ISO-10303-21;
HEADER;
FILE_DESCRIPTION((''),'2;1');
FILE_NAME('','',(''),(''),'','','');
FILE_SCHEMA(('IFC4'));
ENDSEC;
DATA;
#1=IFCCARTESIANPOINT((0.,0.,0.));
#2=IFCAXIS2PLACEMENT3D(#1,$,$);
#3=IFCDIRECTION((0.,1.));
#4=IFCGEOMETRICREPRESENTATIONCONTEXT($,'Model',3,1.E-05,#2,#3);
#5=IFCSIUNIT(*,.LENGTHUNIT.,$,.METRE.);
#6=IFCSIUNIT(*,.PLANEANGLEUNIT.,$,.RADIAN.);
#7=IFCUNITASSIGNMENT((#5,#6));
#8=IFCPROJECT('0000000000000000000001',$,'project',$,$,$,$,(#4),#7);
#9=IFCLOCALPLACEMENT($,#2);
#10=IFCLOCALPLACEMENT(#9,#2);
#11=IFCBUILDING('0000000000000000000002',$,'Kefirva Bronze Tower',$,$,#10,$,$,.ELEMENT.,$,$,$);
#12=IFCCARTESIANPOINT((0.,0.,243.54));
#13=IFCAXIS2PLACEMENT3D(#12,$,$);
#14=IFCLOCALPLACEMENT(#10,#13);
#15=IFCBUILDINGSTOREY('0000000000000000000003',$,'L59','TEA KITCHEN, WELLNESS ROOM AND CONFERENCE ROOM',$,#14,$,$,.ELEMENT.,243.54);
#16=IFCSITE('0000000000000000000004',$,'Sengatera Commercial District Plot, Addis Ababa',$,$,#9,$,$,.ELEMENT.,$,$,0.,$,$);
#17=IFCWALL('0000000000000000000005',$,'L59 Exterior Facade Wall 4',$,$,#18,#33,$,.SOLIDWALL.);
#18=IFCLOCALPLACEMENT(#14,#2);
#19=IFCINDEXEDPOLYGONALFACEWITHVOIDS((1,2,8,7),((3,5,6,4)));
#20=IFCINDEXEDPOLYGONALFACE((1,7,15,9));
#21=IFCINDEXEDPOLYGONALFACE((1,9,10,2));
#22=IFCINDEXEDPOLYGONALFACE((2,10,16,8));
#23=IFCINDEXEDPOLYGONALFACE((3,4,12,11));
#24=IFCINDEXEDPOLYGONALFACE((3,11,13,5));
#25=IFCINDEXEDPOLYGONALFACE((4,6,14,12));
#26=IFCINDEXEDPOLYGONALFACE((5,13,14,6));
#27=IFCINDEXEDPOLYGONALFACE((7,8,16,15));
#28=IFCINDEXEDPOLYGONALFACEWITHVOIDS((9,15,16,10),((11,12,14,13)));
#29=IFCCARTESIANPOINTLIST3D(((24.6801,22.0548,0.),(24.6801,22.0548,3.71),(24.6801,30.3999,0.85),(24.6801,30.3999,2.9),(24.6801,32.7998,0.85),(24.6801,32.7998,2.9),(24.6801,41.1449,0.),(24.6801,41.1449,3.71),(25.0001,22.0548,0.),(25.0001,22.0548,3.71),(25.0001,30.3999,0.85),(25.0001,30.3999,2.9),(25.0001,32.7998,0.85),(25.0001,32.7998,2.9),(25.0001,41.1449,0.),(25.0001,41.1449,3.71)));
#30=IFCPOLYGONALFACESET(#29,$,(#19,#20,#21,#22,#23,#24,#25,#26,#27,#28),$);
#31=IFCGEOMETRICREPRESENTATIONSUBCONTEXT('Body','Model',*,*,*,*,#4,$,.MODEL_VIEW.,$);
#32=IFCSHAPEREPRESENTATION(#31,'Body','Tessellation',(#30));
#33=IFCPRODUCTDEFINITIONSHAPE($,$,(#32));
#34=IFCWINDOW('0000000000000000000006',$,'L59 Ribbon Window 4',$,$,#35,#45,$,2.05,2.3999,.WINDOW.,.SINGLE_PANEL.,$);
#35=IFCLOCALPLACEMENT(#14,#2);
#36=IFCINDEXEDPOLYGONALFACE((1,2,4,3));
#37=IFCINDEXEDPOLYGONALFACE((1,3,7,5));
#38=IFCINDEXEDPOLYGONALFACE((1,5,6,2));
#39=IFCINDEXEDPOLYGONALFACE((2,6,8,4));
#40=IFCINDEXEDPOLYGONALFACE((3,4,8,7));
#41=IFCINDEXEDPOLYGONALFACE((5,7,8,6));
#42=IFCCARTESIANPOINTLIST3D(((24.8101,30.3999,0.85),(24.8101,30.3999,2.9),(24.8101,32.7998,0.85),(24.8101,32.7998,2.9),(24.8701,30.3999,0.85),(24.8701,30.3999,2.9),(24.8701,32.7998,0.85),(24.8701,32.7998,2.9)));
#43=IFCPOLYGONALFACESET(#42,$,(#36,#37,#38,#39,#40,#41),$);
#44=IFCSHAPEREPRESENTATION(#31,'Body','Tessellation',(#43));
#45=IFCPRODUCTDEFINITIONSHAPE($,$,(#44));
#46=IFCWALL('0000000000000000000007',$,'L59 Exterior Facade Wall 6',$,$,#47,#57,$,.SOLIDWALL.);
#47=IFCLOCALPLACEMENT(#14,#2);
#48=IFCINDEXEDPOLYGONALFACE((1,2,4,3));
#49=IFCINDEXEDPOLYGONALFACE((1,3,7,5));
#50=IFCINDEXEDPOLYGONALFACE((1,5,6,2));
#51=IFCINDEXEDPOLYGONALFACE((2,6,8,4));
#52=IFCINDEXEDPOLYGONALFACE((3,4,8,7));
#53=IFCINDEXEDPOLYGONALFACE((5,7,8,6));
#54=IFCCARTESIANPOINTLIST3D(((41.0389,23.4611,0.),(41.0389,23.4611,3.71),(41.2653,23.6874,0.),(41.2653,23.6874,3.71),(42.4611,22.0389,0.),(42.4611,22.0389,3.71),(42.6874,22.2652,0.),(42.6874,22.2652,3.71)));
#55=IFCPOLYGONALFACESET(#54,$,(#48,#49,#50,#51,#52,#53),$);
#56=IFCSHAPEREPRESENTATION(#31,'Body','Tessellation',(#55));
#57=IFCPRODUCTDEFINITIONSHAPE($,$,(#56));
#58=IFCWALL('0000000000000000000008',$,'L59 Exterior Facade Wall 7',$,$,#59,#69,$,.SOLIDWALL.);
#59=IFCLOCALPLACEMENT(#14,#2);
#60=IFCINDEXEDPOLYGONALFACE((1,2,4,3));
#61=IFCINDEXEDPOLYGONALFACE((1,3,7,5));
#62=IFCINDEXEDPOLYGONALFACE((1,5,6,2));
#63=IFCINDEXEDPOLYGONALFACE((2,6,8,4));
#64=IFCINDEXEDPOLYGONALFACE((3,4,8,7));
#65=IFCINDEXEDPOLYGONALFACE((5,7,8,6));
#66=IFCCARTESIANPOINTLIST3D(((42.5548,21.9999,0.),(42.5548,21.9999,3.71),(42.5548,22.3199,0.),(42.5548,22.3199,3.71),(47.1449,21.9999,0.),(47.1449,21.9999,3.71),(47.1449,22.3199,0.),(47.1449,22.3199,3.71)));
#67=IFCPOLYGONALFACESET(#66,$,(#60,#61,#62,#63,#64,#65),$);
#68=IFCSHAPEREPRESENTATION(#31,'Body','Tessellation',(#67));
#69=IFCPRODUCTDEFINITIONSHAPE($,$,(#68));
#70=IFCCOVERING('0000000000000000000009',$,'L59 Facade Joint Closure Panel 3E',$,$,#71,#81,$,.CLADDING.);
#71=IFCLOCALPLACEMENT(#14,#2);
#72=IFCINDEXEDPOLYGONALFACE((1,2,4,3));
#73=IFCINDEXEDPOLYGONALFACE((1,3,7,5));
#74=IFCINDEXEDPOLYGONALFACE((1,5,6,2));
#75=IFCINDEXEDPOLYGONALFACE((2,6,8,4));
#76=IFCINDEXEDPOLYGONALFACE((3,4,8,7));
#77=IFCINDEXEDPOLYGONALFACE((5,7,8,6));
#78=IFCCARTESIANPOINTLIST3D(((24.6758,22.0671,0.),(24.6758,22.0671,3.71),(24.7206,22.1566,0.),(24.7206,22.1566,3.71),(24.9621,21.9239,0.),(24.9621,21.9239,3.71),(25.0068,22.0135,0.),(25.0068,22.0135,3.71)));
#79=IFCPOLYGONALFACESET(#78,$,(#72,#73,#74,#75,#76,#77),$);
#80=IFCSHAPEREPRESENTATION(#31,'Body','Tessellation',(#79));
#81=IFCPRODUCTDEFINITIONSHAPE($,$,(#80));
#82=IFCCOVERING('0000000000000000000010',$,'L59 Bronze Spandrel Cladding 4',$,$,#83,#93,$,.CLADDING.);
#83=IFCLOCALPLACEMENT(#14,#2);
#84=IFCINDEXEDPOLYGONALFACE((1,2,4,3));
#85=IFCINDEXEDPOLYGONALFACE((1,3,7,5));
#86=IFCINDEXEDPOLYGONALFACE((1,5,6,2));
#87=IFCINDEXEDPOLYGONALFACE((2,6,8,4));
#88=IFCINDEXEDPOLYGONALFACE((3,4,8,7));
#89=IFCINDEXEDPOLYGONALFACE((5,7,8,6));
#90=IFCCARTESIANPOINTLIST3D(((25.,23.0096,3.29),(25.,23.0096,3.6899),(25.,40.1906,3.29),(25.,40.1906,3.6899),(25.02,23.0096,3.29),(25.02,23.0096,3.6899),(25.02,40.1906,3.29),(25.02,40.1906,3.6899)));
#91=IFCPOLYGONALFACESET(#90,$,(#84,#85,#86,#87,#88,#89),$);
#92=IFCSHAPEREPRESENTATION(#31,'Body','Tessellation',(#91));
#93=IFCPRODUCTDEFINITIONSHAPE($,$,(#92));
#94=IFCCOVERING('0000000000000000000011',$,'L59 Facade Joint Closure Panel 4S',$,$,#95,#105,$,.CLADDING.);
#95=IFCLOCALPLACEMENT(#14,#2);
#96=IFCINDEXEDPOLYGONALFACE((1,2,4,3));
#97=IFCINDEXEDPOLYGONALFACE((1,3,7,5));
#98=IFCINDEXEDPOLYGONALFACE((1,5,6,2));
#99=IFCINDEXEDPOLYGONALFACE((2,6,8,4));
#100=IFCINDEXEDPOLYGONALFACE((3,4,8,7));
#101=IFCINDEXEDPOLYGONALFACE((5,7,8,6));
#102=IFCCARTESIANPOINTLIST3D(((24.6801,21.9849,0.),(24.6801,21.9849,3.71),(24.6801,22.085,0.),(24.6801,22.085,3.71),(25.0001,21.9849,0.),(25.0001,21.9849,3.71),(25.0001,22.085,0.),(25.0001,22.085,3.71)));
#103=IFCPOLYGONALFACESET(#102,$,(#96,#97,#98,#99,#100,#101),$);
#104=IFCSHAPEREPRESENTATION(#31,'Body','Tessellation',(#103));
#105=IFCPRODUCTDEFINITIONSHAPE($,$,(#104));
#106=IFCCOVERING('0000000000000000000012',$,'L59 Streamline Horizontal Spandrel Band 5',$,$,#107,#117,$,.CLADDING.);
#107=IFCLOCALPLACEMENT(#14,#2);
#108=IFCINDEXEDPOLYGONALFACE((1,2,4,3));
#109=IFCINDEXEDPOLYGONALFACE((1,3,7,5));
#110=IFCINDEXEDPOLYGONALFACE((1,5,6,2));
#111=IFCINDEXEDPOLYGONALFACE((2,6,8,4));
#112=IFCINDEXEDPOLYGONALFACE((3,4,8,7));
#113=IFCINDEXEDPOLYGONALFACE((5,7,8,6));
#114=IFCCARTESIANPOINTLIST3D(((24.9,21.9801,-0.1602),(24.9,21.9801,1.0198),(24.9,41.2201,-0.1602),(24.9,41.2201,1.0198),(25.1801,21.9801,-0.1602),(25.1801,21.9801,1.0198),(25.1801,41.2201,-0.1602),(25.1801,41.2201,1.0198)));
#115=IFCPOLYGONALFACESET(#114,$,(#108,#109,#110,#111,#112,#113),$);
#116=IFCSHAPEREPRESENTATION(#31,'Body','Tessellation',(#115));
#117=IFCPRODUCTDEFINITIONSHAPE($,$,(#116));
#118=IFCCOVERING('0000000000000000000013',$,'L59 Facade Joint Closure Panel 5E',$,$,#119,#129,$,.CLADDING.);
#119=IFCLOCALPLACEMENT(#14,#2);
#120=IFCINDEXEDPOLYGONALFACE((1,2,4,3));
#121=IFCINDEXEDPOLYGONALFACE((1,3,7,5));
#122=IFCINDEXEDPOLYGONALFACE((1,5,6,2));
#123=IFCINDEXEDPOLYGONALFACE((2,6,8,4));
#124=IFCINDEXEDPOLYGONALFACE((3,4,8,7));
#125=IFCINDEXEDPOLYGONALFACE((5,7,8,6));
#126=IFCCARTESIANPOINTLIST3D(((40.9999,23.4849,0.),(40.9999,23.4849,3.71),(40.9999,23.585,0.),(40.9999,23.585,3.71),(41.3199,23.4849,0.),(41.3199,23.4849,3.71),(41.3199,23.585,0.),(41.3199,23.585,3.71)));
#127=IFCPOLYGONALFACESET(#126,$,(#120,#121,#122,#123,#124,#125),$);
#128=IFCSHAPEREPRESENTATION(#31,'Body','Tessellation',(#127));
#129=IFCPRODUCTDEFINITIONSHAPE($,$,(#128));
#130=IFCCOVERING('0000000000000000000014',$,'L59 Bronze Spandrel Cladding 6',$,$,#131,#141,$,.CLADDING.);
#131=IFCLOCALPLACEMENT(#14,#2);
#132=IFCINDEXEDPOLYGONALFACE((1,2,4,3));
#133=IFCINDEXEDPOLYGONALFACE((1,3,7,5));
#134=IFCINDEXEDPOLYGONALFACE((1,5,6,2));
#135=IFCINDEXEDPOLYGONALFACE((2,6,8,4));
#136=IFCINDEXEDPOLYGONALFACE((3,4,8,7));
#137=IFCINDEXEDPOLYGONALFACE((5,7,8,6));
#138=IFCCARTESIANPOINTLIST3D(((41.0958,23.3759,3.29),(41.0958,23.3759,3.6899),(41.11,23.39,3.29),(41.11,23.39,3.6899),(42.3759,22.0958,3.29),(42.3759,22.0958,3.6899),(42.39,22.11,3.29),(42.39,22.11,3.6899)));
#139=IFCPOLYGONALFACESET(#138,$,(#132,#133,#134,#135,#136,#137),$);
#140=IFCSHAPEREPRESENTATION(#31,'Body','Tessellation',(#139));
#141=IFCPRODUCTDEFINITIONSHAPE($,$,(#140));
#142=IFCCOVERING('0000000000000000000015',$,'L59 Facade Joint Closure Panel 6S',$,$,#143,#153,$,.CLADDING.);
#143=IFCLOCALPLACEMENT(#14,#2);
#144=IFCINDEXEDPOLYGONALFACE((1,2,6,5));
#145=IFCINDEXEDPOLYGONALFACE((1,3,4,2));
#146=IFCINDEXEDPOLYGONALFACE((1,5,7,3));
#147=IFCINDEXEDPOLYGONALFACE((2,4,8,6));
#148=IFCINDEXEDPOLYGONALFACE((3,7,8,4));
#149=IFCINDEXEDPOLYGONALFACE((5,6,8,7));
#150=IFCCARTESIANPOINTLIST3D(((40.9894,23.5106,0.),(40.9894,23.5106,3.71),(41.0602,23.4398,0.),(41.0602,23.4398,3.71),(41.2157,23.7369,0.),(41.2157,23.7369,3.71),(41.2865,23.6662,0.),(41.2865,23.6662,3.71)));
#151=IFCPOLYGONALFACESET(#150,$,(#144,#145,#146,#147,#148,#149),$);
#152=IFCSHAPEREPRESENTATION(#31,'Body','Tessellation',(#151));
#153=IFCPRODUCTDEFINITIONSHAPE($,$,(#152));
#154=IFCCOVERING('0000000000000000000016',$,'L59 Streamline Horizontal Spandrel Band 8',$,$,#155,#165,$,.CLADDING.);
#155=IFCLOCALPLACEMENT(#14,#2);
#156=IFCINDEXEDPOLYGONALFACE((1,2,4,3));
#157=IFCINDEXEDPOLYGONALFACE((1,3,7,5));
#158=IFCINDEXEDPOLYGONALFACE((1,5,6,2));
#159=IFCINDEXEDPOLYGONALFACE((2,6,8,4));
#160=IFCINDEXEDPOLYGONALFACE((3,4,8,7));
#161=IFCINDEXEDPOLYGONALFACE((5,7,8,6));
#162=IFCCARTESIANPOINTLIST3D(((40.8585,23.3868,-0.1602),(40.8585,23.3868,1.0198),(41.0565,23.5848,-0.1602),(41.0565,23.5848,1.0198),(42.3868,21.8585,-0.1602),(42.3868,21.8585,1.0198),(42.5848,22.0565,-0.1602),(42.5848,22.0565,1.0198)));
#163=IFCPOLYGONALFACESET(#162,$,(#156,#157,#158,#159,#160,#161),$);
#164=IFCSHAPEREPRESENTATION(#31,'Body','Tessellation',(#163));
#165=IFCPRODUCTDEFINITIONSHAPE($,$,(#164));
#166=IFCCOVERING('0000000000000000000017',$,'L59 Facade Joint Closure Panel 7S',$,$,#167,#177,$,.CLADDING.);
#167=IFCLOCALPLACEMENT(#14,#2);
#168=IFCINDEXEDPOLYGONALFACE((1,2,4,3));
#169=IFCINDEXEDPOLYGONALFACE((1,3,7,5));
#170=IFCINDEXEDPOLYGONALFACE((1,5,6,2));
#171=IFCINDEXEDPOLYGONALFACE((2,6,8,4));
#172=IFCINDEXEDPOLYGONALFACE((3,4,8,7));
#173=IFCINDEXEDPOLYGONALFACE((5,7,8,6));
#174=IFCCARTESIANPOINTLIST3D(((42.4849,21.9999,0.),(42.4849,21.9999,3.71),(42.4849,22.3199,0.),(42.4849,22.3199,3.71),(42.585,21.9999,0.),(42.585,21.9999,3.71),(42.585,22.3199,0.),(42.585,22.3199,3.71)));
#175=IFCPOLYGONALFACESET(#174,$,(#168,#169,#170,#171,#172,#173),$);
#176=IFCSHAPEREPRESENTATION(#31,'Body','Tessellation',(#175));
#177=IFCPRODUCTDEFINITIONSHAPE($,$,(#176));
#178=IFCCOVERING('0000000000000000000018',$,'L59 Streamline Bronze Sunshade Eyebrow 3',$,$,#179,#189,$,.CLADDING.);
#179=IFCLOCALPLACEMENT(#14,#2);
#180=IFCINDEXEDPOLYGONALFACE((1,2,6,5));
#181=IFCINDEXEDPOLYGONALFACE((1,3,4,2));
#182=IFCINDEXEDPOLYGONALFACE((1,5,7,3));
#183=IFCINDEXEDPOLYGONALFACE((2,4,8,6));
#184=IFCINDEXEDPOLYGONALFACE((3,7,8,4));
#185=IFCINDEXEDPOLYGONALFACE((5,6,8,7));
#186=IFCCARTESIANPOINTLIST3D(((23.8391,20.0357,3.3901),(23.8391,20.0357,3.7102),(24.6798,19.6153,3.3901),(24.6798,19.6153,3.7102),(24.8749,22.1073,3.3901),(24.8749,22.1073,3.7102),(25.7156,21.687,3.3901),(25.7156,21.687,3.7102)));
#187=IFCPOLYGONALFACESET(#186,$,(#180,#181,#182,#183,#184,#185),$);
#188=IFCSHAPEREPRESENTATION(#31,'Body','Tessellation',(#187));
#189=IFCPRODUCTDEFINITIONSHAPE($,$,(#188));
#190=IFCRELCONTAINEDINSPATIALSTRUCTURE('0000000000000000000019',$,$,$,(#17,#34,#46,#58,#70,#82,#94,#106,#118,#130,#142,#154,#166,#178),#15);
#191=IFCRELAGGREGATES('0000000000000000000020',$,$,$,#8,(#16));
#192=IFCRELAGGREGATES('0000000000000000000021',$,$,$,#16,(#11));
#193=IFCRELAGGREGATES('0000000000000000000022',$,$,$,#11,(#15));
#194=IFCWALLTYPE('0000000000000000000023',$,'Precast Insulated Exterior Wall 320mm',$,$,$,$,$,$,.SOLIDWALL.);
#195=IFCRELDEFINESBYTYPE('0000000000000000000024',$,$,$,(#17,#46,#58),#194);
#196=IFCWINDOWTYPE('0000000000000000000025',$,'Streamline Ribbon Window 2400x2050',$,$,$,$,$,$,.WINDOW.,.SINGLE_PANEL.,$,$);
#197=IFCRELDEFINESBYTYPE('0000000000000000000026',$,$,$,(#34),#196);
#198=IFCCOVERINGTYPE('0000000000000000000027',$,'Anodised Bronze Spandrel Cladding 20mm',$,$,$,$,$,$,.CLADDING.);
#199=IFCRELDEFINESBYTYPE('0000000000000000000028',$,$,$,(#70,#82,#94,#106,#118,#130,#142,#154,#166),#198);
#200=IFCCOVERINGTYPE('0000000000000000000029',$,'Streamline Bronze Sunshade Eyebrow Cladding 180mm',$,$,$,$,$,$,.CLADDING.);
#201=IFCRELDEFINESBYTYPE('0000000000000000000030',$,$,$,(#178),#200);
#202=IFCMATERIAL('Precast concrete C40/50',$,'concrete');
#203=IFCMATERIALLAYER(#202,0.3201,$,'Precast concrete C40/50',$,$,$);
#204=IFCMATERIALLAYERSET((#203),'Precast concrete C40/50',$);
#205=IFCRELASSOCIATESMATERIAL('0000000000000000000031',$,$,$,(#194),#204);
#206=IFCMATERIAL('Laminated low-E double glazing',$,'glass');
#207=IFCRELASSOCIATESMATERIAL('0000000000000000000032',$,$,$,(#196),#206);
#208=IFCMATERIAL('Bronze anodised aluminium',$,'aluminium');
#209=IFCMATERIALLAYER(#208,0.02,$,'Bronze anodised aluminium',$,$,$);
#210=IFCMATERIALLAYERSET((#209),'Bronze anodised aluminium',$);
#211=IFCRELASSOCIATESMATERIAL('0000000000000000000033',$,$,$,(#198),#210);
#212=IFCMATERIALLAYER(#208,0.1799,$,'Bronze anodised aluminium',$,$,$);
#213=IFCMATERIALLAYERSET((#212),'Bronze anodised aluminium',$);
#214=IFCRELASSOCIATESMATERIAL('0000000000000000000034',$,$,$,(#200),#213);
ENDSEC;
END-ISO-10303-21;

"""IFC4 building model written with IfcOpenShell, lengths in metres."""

from ifc_helpers import new_model, si_unit, direction, frame, frame_2d, origin, origin_2d, place, context, subcontext, project, spatial, rectangle, extrude, material, layer, layer_set, type_object, element, fill, save


model = new_model("IFC4")

# Units and contexts
model_context = context("Model", 3, precision=1e-05, world=origin(), true_north=direction((0.0, 1.0)))
body_context = subcontext(model_context, "Body", "Model", "MODEL_VIEW")
ifc_project = project(units=[si_unit("LENGTHUNIT", "METRE"), si_unit("PLANEANGLEUNIT", "RADIAN")], contexts=[model_context])

# Site, building, storey
site_placement = place(None, origin())
site = spatial("IfcSite", under=ifc_project, at=site_placement, Name="Sengatera Commercial District Plot, Addis Ababa", CompositionType="ELEMENT", RefElevation=0.0)
building_placement = place(site_placement, origin())
building = spatial("IfcBuilding", under=site, at=building_placement, Name="Kefirva Bronze Tower", CompositionType="ELEMENT")
storey_placement = place(building_placement, frame((0.0, 0.0, 243.54)))
storey = spatial("IfcBuildingStorey", under=building, at=storey_placement, Name="L59", Description="TEA KITCHEN, WELLNESS ROOM AND CONFERENCE ROOM", CompositionType="ELEMENT", Elevation=243.54)

# Wall, opening, window
ifc_material_1 = material(Name="Precast concrete C40/50", Category="concrete")
ifc_layer_1 = layer(ifc_material_1, 0.3201, Name="Precast concrete C40/50")
ifc_layer_set_1 = layer_set([ifc_layer_1], Name="Precast concrete C40/50")
wall_type = type_object("IfcWallType", Name="Precast Insulated Exterior Wall 320mm", PredefinedType="SOLIDWALL", material=ifc_layer_set_1)
wall_1_placement = place(storey_placement, frame((24.8401, 22.0549, 0.0), z_axis=(0.0, 0.0, 1.0), x_axis=(0.0, 1.0, 0.0)))
wall_1 = element("IfcWall", 1, at=wall_1_placement, inside=storey, type_object=wall_type, Name="L59 Exterior Facade Wall 4", PredefinedType="SOLIDWALL", context=body_context, shape_type="SweptSolid", body=[
    extrude(rectangle(XDim=19.0901, YDim=0.3201, at=frame_2d((9.5449, 0.0))), origin(), (0.0, 0.0, 1.0), 3.71),
])
opening_placement = place(wall_1_placement, frame((8.345, 0.0, 0.8501)))
opening = element("IfcOpeningElement", 2, at=opening_placement, cuts=wall_1, PredefinedType="OPENING", context=body_context, shape_type="SweptSolid", body=[
    extrude(rectangle(XDim=2.3999, YDim=2.05, at=frame_2d((1.2, 1.0249))), frame((0.0, 0.1699, 0.0), z_axis=(0.0, -1.0, 0.0), x_axis=(1.0, 0.0, 0.0)), (0.0, 0.0, 1.0), 0.3401),
])
ifc_material_2 = material(Name="Laminated low-E double glazing", Category="glass")
window_type = type_object("IfcWindowType", Name="Streamline Ribbon Window 2400x2050", PartitioningType="SINGLE_PANEL", PredefinedType="WINDOW", material=ifc_material_2)
window_placement = place(opening_placement, origin())
window = element("IfcWindow", 3, at=window_placement, inside=storey, type_object=window_type, Name="L59 Ribbon Window 4", OverallHeight=2.05, OverallWidth=2.3999, PartitioningType="SINGLE_PANEL", PredefinedType="WINDOW", context=body_context, shape_type="SweptSolid", body=[
    extrude(rectangle(XDim=2.3999, YDim=2.05, at=frame_2d((1.2, 1.0249))), frame((0.0, 0.03, 0.0), z_axis=(0.0, -1.0, 0.0), x_axis=(1.0, 0.0, 0.0)), (0.0, 0.0, 1.0), 0.0601),
])
fill(opening, window)

# Walls
wall_2_placement = place(storey_placement, frame((41.1521, 23.5742, 0.0), z_axis=(0.0, 0.0, 1.0), x_axis=(0.707107, -0.707107, 0.0)))
element("IfcWall", 4, at=wall_2_placement, inside=storey, type_object=wall_type, Name="L59 Exterior Facade Wall 6", PredefinedType="SOLIDWALL", context=body_context, shape_type="SweptSolid", body=[
    extrude(rectangle(XDim=2.0112, YDim=0.3201, at=frame_2d((1.0056, 0.0))), origin(), (0.0, 0.0, 1.0), 3.71),
])
wall_3_placement = place(storey_placement, frame((42.5549, 22.1599, 0.0), z_axis=(0.0, 0.0, 1.0), x_axis=(1.0, 0.0, 0.0)))
element("IfcWall", 5, at=wall_3_placement, inside=storey, type_object=wall_type, Name="L59 Exterior Facade Wall 7", PredefinedType="SOLIDWALL", context=body_context, shape_type="SweptSolid", body=[
    extrude(rectangle(XDim=4.5901, YDim=0.3201, at=frame_2d((2.2949, 0.0))), origin(), (0.0, 0.0, 1.0), 3.71),
])

# Coverings
ifc_material_3 = material(Name="Bronze anodised aluminium", Category="aluminium")
ifc_layer_2 = layer(ifc_material_3, 0.02, Name="Bronze anodised aluminium")
ifc_layer_set_2 = layer_set([ifc_layer_2], Name="Bronze anodised aluminium")
covering_type_1 = type_object("IfcCoveringType", Name="Anodised Bronze Spandrel Cladding 20mm", PredefinedType="CLADDING", material=ifc_layer_set_2)
covering_1_placement = place(storey_placement, frame((24.8413, 22.0403, 0.0), z_axis=(0.0, 0.0, 1.0), x_axis=(0.447214, 0.894427, 0.0)))
element("IfcCovering", 6, at=covering_1_placement, inside=storey, type_object=covering_type_1, Name="L59 Facade Joint Closure Panel 3E", PredefinedType="CLADDING", context=body_context, shape_type="SweptSolid", body=[
    extrude(rectangle(XDim=0.1001, YDim=0.3201, at=origin_2d()), origin(), (0.0, 0.0, 1.0), 3.71),
])
covering_2_placement = place(storey_placement, frame((25.01, 31.6001, 3.29), z_axis=(0.0, 0.0, 1.0), x_axis=(0.0, 1.0, 0.0)))
element("IfcCovering", 7, at=covering_2_placement, inside=storey, type_object=covering_type_1, Name="L59 Bronze Spandrel Cladding 4", PredefinedType="CLADDING", context=body_context, shape_type="SweptSolid", body=[
    extrude(rectangle(XDim=17.1809, YDim=0.02, at=origin_2d()), origin(), (0.0, 0.0, 1.0), 0.3999),
])
covering_3_placement = place(storey_placement, frame((24.8401, 22.0349, 0.0), z_axis=(0.0, 0.0, 1.0), x_axis=(0.0, 1.0, 0.0)))
element("IfcCovering", 8, at=covering_3_placement, inside=storey, type_object=covering_type_1, Name="L59 Facade Joint Closure Panel 4S", PredefinedType="CLADDING", context=body_context, shape_type="SweptSolid", body=[
    extrude(rectangle(XDim=0.1001, YDim=0.3201, at=origin_2d()), origin(), (0.0, 0.0, 1.0), 3.71),
])
covering_4_placement = place(storey_placement, frame((25.04, 31.6001, -0.1602), z_axis=(0.0, 0.0, 1.0), x_axis=(0.0, 1.0, 0.0)))
element("IfcCovering", 9, at=covering_4_placement, inside=storey, type_object=covering_type_1, Name="L59 Streamline Horizontal Spandrel Band 5", PredefinedType="CLADDING", context=body_context, shape_type="SweptSolid", body=[
    extrude(rectangle(XDim=19.24, YDim=0.28, at=origin_2d()), origin(), (0.0, 0.0, 1.0), 1.1799),
])
covering_5_placement = place(storey_placement, frame((41.1599, 23.5349, 0.0), z_axis=(0.0, 0.0, 1.0), x_axis=(0.0, -1.0, 0.0)))
element("IfcCovering", 10, at=covering_5_placement, inside=storey, type_object=covering_type_1, Name="L59 Facade Joint Closure Panel 5E", PredefinedType="CLADDING", context=body_context, shape_type="SweptSolid", body=[
    extrude(rectangle(XDim=0.1001, YDim=0.3201, at=origin_2d()), origin(), (0.0, 0.0, 1.0), 3.71),
])
covering_6_placement = place(storey_placement, frame((41.7429, 22.7429, 3.29), z_axis=(0.0, 0.0, 1.0), x_axis=(0.707107, -0.707107, 0.0)))
element("IfcCovering", 11, at=covering_6_placement, inside=storey, type_object=covering_type_1, Name="L59 Bronze Spandrel Cladding 6", PredefinedType="CLADDING", context=body_context, shape_type="SweptSolid", body=[
    extrude(rectangle(XDim=1.8103, YDim=0.02, at=origin_2d()), origin(), (0.0, 0.0, 1.0), 0.3999),
])
covering_7_placement = place(storey_placement, frame((41.1379, 23.5884, 0.0), z_axis=(0.0, 0.0, 1.0), x_axis=(0.707107, -0.707107, 0.0)))
element("IfcCovering", 12, at=covering_7_placement, inside=storey, type_object=covering_type_1, Name="L59 Facade Joint Closure Panel 6S", PredefinedType="CLADDING", context=body_context, shape_type="SweptSolid", body=[
    extrude(rectangle(XDim=0.1001, YDim=0.3201, at=origin_2d()), origin(), (0.0, 0.0, 1.0), 3.71),
])
covering_8_placement = place(storey_placement, frame((41.7217, 22.7217, -0.1602), z_axis=(0.0, 0.0, 1.0), x_axis=(0.707107, -0.707107, 0.0)))
element("IfcCovering", 13, at=covering_8_placement, inside=storey, type_object=covering_type_1, Name="L59 Streamline Horizontal Spandrel Band 8", PredefinedType="CLADDING", context=body_context, shape_type="SweptSolid", body=[
    extrude(rectangle(XDim=2.1614, YDim=0.28, at=origin_2d()), origin(), (0.0, 0.0, 1.0), 1.1799),
])
covering_9_placement = place(storey_placement, frame((42.5349, 22.1599, 0.0), z_axis=(0.0, 0.0, 1.0), x_axis=(1.0, 0.0, 0.0)))
element("IfcCovering", 14, at=covering_9_placement, inside=storey, type_object=covering_type_1, Name="L59 Facade Joint Closure Panel 7S", PredefinedType="CLADDING", context=body_context, shape_type="SweptSolid", body=[
    extrude(rectangle(XDim=0.1001, YDim=0.3201, at=origin_2d()), origin(), (0.0, 0.0, 1.0), 3.71),
])
ifc_layer_3 = layer(ifc_material_3, 0.1799, Name="Bronze anodised aluminium")
ifc_layer_set_3 = layer_set([ifc_layer_3], Name="Bronze anodised aluminium")
covering_type_2 = type_object("IfcCoveringType", Name="Streamline Bronze Sunshade Eyebrow Cladding 180mm", PredefinedType="CLADDING", material=ifc_layer_set_3)
covering_10_placement = place(storey_placement, frame((24.7773, 20.8613, 3.3901), z_axis=(0.0, 0.0, 1.0), x_axis=(0.447214, 0.894427, 0.0)))
element("IfcCovering", 15, at=covering_10_placement, inside=storey, type_object=covering_type_2, Name="L59 Streamline Bronze Sunshade Eyebrow 3", PredefinedType="CLADDING", context=body_context, shape_type="SweptSolid", body=[
    extrude(rectangle(XDim=2.3162, YDim=0.9399, at=origin_2d()), origin(), (0.0, 0.0, 1.0), 0.3201),
])

save(model, "model.ifc")
